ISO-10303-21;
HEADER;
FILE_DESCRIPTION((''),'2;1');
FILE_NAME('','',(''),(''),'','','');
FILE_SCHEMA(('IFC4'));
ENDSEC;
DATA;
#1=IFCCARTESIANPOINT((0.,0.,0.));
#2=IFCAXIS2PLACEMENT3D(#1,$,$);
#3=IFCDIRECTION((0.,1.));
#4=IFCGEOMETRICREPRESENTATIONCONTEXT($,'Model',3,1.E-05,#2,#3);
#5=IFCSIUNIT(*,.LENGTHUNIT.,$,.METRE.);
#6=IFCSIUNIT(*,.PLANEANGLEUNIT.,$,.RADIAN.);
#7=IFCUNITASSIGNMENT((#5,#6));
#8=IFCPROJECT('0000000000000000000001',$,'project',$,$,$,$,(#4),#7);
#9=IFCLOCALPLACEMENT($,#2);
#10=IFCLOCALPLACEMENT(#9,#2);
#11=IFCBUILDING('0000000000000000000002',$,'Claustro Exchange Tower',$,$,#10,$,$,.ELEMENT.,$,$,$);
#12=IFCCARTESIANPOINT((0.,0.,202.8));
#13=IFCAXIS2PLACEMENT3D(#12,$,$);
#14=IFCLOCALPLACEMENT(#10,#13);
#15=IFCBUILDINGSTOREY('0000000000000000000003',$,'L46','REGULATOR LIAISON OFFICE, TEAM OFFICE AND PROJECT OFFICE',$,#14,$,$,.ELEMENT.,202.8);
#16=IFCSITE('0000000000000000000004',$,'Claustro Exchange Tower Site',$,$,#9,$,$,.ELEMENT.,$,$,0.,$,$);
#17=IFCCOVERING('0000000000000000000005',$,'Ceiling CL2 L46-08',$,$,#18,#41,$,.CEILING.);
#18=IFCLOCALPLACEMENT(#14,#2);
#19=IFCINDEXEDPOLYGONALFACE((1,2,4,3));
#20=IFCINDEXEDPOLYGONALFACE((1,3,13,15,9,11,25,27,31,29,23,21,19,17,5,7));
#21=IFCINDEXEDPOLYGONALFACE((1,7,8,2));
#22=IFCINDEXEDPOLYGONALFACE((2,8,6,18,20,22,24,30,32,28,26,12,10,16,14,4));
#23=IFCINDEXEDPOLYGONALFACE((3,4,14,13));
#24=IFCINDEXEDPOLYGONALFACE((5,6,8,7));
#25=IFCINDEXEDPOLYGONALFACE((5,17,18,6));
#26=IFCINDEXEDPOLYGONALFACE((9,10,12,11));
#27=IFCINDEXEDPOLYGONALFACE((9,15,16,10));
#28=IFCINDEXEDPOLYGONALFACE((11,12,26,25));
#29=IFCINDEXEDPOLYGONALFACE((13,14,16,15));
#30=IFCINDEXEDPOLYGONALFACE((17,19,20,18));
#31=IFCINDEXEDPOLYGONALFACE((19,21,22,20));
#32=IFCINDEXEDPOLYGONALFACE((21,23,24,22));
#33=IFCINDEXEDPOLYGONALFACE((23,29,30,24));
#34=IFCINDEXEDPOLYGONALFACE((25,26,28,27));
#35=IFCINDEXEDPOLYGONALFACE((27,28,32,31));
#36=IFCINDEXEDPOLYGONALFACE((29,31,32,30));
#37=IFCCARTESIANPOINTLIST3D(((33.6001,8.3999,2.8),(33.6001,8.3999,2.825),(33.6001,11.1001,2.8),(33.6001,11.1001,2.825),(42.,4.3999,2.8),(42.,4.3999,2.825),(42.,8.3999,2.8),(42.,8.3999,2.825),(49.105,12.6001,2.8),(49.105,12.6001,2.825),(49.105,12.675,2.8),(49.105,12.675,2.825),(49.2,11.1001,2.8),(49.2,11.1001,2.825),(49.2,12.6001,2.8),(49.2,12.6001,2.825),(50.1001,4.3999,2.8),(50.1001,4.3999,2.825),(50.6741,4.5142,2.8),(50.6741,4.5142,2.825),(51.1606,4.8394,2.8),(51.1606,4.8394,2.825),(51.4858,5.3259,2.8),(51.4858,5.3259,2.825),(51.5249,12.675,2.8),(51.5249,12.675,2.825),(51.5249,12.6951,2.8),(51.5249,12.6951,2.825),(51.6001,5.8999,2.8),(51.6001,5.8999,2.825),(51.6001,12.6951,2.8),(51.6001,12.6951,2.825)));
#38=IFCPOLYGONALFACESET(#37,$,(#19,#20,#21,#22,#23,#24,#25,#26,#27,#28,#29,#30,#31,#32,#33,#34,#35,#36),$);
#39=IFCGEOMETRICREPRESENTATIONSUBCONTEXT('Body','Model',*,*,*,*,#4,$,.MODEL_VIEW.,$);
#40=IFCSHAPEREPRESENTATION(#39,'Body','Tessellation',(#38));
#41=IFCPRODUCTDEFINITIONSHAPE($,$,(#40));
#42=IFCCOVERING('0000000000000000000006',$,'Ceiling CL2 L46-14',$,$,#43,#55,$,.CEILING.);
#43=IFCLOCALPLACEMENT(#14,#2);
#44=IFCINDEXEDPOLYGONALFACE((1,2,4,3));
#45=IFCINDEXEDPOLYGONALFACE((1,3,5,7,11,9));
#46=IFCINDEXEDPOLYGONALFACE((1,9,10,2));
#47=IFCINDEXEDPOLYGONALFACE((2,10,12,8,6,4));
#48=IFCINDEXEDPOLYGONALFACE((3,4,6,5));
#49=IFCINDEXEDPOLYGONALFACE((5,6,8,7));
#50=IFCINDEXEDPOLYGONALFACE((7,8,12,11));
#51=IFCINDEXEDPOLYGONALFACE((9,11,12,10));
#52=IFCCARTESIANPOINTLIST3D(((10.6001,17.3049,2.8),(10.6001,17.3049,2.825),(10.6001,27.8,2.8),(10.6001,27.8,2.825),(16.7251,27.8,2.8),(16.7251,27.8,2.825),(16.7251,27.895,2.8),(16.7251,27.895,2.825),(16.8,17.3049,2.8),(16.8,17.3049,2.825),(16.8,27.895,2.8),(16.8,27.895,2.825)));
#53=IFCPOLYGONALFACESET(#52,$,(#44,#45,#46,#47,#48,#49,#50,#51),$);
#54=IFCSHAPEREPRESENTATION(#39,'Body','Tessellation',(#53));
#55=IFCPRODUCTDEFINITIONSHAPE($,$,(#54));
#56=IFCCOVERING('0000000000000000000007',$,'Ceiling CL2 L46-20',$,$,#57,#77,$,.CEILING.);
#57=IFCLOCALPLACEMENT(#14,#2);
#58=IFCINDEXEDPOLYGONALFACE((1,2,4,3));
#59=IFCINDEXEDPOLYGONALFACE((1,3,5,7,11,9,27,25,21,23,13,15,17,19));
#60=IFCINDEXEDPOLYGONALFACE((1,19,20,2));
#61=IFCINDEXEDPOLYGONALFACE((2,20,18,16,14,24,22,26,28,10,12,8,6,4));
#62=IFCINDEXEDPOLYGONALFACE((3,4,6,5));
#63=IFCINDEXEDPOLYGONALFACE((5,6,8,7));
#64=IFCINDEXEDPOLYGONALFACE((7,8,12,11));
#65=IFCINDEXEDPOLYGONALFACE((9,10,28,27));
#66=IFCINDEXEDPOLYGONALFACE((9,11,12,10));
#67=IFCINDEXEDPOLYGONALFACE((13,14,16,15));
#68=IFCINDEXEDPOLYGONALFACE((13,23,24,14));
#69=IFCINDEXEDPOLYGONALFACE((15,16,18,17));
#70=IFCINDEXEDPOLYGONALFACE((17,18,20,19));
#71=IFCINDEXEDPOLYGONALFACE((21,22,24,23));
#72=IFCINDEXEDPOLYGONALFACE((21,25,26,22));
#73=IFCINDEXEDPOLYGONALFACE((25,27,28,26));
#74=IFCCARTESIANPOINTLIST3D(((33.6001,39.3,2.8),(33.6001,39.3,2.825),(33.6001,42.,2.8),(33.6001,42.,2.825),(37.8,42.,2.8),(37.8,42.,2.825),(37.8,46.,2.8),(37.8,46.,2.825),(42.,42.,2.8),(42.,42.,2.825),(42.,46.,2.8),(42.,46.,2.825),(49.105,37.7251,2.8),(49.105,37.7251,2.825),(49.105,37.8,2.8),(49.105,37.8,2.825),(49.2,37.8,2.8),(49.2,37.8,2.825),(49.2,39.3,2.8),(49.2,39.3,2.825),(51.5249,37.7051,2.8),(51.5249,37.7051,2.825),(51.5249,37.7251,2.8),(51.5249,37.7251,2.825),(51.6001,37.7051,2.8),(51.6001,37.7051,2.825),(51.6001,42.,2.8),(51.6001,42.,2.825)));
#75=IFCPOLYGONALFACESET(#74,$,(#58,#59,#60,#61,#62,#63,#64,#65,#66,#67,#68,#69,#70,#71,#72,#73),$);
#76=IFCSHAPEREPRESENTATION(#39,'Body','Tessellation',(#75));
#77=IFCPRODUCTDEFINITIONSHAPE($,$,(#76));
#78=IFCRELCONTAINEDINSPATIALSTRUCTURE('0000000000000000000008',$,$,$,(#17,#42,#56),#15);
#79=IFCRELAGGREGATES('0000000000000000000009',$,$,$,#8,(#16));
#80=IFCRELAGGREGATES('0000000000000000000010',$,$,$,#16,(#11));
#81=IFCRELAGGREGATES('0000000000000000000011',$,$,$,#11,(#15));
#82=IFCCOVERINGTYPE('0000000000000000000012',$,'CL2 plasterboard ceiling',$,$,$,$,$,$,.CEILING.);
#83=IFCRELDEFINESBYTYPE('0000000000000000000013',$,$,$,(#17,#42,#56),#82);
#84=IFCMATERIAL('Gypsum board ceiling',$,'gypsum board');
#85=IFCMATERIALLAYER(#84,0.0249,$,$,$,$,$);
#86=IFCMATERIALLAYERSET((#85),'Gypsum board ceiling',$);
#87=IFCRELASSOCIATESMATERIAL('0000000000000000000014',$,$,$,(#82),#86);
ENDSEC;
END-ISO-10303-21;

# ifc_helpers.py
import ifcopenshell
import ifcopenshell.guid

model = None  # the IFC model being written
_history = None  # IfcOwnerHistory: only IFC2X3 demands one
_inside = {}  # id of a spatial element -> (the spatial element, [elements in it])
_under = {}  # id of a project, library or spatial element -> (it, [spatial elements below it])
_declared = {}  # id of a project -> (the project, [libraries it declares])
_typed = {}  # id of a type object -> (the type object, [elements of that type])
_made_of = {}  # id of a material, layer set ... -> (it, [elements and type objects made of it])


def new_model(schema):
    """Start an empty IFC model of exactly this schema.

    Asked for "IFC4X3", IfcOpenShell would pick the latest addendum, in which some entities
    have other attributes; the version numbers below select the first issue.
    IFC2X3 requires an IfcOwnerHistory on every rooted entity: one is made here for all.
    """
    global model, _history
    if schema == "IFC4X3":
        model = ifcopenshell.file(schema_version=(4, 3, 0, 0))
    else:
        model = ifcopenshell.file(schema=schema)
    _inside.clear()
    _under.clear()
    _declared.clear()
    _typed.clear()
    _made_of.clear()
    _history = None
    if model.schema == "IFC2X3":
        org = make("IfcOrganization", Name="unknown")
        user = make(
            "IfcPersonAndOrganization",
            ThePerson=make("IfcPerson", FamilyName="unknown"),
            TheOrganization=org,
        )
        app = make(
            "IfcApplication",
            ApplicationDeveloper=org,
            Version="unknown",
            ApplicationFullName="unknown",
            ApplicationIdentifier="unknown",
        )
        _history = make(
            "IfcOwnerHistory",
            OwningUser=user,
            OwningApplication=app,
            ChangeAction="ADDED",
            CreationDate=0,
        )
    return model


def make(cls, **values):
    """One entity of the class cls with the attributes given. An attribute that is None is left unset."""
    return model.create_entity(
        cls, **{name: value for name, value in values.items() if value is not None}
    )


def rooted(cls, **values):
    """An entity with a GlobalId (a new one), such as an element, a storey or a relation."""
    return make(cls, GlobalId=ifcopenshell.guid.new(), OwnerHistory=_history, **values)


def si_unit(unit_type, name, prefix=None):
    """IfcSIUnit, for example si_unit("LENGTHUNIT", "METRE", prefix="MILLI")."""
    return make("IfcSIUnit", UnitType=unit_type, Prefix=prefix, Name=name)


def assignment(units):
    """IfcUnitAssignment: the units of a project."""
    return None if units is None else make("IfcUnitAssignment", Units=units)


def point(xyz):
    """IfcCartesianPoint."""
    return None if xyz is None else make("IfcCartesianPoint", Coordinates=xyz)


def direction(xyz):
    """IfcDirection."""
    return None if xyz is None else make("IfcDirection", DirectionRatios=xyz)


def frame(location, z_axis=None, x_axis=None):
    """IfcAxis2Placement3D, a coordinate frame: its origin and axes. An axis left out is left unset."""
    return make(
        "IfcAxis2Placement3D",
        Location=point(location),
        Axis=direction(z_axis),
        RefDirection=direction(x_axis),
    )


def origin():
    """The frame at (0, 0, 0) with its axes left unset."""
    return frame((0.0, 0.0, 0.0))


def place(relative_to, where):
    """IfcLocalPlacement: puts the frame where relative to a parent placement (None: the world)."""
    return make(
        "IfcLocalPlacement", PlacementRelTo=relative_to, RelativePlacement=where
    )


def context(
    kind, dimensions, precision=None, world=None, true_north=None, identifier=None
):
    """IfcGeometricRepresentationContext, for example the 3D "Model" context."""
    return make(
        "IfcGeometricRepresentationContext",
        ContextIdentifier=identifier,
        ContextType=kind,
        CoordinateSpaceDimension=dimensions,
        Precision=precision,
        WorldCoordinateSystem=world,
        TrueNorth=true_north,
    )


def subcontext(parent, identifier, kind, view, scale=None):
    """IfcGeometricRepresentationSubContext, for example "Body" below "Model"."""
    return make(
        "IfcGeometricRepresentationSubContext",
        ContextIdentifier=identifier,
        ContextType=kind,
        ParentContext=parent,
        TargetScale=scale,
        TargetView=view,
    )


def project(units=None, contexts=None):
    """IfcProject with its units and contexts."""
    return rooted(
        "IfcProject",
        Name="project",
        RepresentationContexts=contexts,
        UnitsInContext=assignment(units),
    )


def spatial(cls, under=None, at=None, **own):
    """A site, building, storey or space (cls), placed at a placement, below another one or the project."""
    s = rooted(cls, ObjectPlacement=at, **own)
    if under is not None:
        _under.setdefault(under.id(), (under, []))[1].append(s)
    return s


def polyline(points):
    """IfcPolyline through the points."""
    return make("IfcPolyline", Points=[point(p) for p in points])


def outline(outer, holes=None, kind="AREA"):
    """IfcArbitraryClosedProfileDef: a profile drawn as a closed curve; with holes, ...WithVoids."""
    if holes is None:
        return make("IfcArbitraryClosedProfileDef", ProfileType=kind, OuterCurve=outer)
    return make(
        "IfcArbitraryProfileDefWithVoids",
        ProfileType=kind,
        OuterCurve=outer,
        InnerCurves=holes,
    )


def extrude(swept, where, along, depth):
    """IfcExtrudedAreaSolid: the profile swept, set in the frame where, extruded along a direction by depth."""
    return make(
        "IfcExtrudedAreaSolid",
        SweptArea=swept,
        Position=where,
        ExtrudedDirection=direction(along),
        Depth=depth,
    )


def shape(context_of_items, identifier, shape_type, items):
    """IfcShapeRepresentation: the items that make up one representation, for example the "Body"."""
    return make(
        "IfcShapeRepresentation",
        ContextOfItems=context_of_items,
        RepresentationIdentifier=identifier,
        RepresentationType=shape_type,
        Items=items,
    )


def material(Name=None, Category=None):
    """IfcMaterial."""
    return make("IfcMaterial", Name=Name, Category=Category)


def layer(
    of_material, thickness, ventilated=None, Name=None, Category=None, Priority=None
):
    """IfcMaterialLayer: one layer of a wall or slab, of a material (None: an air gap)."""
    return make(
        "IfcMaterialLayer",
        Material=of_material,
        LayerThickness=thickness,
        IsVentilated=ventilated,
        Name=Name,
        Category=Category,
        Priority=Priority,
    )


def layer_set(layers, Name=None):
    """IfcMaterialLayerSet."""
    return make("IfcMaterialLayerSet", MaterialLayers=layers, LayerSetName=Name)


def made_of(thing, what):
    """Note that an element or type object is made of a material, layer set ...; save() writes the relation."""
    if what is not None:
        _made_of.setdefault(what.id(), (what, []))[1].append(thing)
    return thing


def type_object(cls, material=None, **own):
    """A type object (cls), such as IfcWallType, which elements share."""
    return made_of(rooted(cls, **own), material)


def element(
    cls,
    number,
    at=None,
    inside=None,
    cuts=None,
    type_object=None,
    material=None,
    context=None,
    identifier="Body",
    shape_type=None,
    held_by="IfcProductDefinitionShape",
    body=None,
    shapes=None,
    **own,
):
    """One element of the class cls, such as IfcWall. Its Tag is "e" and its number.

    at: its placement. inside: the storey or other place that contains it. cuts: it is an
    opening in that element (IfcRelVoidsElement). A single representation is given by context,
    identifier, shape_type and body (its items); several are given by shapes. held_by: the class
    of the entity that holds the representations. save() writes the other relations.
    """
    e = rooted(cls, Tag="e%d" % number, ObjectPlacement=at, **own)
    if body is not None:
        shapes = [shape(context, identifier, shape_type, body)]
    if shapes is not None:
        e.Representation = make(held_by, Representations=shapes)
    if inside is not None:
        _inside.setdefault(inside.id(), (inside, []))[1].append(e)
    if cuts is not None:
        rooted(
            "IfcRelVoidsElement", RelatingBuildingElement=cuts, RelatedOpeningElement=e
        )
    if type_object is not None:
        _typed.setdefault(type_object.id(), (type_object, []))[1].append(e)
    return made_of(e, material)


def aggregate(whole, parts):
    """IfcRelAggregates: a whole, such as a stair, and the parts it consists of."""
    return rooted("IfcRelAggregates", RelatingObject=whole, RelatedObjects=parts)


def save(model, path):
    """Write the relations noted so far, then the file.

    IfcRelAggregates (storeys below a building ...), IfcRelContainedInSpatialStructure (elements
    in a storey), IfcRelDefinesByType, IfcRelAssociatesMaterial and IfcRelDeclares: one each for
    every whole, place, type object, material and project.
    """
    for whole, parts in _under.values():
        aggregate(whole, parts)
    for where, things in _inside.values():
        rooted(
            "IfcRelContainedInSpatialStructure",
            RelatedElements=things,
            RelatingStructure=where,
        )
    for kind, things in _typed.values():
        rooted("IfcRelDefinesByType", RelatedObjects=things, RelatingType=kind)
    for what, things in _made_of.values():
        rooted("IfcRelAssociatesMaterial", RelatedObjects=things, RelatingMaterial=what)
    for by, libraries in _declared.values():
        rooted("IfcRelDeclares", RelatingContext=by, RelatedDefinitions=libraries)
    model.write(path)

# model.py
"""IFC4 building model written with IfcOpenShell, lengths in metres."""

from ifc_helpers import new_model, si_unit, direction, frame, origin, place, context, subcontext, project, spatial, polyline, outline, extrude, material, layer, layer_set, type_object, element, save


model = new_model("IFC4")

# Units and contexts
model_context = context("Model", 3, precision=1e-05, world=origin(), true_north=direction((0.0, 1.0)))
body_context = subcontext(model_context, "Body", "Model", "MODEL_VIEW")
ifc_project = project(units=[si_unit("LENGTHUNIT", "METRE"), si_unit("PLANEANGLEUNIT", "RADIAN")], contexts=[model_context])

# Site, building, storey
site_placement = place(None, origin())
site = spatial("IfcSite", under=ifc_project, at=site_placement, Name="Claustro Exchange Tower Site", CompositionType="ELEMENT", RefElevation=0.0)
building_placement = place(site_placement, origin())
building = spatial("IfcBuilding", under=site, at=building_placement, Name="Claustro Exchange Tower", CompositionType="ELEMENT")
storey_placement = place(building_placement, frame((0.0, 0.0, 202.8)))
storey = spatial("IfcBuildingStorey", under=building, at=storey_placement, Name="L46", Description="REGULATOR LIAISON OFFICE, TEAM OFFICE AND PROJECT OFFICE", CompositionType="ELEMENT", Elevation=202.8)

# Coverings
ifc_material_1 = material(Name="Gypsum board ceiling", Category="gypsum board")
ifc_layer_1 = layer(ifc_material_1, 0.0249)
ifc_layer_set_1 = layer_set([ifc_layer_1], Name="Gypsum board ceiling")
covering_type_1 = type_object("IfcCoveringType", Name="CL2 plasterboard ceiling", PredefinedType="CEILING", material=ifc_layer_set_1)
covering_1_placement = place(storey_placement, frame((0.0, 0.0, 2.8)))
element("IfcCovering", 1, at=covering_1_placement, inside=storey, type_object=covering_type_1, Name="Ceiling CL2 L46-08", PredefinedType="CEILING", context=body_context, shape_type="SweptSolid", body=[
    extrude(outline(polyline([(51.6001, 5.8999), (51.6001, 12.6951), (51.5249, 12.6951), (51.5249, 12.675), (49.105, 12.675), (49.105, 12.6001), (49.2, 12.6001), (49.2, 11.1001), (33.6001, 11.1001), (33.6001, 8.3999), (42.0, 8.3999), (42.0, 4.3999), (50.1001, 4.3999), (50.6741, 4.5142), (51.1606, 4.8394), (51.4858, 5.3259), (51.6001, 5.8999)])), origin(), (0.0, 0.0, 1.0), 0.0249),
])
covering_2_placement = place(storey_placement, frame((0.0, 0.0, 2.8)))
element("IfcCovering", 2, at=covering_2_placement, inside=storey, type_object=covering_type_1, Name="Ceiling CL2 L46-14", PredefinedType="CEILING", context=body_context, shape_type="SweptSolid", body=[
    extrude(outline(polyline([(10.6001, 27.8), (10.6001, 17.3049), (16.8, 17.3049), (16.8, 27.895), (16.7251, 27.895), (16.7251, 27.8), (10.6001, 27.8)])), origin(), (0.0, 0.0, 1.0), 0.0249),
])
covering_3_placement = place(storey_placement, frame((0.0, 0.0, 2.8)))
element("IfcCovering", 3, at=covering_3_placement, inside=storey, type_object=covering_type_1, Name="Ceiling CL2 L46-20", PredefinedType="CEILING", context=body_context, shape_type="SweptSolid", body=[
    extrude(outline(polyline([(51.5249, 37.7251), (51.5249, 37.7051), (51.6001, 37.7051), (51.6001, 42.0), (42.0, 42.0), (42.0, 46.0), (37.8, 46.0), (37.8, 42.0), (33.6001, 42.0), (33.6001, 39.3), (49.2, 39.3), (49.2, 37.8), (49.105, 37.8), (49.105, 37.7251), (51.5249, 37.7251)])), origin(), (0.0, 0.0, 1.0), 0.0249),
])

save(model, "model.ifc")
